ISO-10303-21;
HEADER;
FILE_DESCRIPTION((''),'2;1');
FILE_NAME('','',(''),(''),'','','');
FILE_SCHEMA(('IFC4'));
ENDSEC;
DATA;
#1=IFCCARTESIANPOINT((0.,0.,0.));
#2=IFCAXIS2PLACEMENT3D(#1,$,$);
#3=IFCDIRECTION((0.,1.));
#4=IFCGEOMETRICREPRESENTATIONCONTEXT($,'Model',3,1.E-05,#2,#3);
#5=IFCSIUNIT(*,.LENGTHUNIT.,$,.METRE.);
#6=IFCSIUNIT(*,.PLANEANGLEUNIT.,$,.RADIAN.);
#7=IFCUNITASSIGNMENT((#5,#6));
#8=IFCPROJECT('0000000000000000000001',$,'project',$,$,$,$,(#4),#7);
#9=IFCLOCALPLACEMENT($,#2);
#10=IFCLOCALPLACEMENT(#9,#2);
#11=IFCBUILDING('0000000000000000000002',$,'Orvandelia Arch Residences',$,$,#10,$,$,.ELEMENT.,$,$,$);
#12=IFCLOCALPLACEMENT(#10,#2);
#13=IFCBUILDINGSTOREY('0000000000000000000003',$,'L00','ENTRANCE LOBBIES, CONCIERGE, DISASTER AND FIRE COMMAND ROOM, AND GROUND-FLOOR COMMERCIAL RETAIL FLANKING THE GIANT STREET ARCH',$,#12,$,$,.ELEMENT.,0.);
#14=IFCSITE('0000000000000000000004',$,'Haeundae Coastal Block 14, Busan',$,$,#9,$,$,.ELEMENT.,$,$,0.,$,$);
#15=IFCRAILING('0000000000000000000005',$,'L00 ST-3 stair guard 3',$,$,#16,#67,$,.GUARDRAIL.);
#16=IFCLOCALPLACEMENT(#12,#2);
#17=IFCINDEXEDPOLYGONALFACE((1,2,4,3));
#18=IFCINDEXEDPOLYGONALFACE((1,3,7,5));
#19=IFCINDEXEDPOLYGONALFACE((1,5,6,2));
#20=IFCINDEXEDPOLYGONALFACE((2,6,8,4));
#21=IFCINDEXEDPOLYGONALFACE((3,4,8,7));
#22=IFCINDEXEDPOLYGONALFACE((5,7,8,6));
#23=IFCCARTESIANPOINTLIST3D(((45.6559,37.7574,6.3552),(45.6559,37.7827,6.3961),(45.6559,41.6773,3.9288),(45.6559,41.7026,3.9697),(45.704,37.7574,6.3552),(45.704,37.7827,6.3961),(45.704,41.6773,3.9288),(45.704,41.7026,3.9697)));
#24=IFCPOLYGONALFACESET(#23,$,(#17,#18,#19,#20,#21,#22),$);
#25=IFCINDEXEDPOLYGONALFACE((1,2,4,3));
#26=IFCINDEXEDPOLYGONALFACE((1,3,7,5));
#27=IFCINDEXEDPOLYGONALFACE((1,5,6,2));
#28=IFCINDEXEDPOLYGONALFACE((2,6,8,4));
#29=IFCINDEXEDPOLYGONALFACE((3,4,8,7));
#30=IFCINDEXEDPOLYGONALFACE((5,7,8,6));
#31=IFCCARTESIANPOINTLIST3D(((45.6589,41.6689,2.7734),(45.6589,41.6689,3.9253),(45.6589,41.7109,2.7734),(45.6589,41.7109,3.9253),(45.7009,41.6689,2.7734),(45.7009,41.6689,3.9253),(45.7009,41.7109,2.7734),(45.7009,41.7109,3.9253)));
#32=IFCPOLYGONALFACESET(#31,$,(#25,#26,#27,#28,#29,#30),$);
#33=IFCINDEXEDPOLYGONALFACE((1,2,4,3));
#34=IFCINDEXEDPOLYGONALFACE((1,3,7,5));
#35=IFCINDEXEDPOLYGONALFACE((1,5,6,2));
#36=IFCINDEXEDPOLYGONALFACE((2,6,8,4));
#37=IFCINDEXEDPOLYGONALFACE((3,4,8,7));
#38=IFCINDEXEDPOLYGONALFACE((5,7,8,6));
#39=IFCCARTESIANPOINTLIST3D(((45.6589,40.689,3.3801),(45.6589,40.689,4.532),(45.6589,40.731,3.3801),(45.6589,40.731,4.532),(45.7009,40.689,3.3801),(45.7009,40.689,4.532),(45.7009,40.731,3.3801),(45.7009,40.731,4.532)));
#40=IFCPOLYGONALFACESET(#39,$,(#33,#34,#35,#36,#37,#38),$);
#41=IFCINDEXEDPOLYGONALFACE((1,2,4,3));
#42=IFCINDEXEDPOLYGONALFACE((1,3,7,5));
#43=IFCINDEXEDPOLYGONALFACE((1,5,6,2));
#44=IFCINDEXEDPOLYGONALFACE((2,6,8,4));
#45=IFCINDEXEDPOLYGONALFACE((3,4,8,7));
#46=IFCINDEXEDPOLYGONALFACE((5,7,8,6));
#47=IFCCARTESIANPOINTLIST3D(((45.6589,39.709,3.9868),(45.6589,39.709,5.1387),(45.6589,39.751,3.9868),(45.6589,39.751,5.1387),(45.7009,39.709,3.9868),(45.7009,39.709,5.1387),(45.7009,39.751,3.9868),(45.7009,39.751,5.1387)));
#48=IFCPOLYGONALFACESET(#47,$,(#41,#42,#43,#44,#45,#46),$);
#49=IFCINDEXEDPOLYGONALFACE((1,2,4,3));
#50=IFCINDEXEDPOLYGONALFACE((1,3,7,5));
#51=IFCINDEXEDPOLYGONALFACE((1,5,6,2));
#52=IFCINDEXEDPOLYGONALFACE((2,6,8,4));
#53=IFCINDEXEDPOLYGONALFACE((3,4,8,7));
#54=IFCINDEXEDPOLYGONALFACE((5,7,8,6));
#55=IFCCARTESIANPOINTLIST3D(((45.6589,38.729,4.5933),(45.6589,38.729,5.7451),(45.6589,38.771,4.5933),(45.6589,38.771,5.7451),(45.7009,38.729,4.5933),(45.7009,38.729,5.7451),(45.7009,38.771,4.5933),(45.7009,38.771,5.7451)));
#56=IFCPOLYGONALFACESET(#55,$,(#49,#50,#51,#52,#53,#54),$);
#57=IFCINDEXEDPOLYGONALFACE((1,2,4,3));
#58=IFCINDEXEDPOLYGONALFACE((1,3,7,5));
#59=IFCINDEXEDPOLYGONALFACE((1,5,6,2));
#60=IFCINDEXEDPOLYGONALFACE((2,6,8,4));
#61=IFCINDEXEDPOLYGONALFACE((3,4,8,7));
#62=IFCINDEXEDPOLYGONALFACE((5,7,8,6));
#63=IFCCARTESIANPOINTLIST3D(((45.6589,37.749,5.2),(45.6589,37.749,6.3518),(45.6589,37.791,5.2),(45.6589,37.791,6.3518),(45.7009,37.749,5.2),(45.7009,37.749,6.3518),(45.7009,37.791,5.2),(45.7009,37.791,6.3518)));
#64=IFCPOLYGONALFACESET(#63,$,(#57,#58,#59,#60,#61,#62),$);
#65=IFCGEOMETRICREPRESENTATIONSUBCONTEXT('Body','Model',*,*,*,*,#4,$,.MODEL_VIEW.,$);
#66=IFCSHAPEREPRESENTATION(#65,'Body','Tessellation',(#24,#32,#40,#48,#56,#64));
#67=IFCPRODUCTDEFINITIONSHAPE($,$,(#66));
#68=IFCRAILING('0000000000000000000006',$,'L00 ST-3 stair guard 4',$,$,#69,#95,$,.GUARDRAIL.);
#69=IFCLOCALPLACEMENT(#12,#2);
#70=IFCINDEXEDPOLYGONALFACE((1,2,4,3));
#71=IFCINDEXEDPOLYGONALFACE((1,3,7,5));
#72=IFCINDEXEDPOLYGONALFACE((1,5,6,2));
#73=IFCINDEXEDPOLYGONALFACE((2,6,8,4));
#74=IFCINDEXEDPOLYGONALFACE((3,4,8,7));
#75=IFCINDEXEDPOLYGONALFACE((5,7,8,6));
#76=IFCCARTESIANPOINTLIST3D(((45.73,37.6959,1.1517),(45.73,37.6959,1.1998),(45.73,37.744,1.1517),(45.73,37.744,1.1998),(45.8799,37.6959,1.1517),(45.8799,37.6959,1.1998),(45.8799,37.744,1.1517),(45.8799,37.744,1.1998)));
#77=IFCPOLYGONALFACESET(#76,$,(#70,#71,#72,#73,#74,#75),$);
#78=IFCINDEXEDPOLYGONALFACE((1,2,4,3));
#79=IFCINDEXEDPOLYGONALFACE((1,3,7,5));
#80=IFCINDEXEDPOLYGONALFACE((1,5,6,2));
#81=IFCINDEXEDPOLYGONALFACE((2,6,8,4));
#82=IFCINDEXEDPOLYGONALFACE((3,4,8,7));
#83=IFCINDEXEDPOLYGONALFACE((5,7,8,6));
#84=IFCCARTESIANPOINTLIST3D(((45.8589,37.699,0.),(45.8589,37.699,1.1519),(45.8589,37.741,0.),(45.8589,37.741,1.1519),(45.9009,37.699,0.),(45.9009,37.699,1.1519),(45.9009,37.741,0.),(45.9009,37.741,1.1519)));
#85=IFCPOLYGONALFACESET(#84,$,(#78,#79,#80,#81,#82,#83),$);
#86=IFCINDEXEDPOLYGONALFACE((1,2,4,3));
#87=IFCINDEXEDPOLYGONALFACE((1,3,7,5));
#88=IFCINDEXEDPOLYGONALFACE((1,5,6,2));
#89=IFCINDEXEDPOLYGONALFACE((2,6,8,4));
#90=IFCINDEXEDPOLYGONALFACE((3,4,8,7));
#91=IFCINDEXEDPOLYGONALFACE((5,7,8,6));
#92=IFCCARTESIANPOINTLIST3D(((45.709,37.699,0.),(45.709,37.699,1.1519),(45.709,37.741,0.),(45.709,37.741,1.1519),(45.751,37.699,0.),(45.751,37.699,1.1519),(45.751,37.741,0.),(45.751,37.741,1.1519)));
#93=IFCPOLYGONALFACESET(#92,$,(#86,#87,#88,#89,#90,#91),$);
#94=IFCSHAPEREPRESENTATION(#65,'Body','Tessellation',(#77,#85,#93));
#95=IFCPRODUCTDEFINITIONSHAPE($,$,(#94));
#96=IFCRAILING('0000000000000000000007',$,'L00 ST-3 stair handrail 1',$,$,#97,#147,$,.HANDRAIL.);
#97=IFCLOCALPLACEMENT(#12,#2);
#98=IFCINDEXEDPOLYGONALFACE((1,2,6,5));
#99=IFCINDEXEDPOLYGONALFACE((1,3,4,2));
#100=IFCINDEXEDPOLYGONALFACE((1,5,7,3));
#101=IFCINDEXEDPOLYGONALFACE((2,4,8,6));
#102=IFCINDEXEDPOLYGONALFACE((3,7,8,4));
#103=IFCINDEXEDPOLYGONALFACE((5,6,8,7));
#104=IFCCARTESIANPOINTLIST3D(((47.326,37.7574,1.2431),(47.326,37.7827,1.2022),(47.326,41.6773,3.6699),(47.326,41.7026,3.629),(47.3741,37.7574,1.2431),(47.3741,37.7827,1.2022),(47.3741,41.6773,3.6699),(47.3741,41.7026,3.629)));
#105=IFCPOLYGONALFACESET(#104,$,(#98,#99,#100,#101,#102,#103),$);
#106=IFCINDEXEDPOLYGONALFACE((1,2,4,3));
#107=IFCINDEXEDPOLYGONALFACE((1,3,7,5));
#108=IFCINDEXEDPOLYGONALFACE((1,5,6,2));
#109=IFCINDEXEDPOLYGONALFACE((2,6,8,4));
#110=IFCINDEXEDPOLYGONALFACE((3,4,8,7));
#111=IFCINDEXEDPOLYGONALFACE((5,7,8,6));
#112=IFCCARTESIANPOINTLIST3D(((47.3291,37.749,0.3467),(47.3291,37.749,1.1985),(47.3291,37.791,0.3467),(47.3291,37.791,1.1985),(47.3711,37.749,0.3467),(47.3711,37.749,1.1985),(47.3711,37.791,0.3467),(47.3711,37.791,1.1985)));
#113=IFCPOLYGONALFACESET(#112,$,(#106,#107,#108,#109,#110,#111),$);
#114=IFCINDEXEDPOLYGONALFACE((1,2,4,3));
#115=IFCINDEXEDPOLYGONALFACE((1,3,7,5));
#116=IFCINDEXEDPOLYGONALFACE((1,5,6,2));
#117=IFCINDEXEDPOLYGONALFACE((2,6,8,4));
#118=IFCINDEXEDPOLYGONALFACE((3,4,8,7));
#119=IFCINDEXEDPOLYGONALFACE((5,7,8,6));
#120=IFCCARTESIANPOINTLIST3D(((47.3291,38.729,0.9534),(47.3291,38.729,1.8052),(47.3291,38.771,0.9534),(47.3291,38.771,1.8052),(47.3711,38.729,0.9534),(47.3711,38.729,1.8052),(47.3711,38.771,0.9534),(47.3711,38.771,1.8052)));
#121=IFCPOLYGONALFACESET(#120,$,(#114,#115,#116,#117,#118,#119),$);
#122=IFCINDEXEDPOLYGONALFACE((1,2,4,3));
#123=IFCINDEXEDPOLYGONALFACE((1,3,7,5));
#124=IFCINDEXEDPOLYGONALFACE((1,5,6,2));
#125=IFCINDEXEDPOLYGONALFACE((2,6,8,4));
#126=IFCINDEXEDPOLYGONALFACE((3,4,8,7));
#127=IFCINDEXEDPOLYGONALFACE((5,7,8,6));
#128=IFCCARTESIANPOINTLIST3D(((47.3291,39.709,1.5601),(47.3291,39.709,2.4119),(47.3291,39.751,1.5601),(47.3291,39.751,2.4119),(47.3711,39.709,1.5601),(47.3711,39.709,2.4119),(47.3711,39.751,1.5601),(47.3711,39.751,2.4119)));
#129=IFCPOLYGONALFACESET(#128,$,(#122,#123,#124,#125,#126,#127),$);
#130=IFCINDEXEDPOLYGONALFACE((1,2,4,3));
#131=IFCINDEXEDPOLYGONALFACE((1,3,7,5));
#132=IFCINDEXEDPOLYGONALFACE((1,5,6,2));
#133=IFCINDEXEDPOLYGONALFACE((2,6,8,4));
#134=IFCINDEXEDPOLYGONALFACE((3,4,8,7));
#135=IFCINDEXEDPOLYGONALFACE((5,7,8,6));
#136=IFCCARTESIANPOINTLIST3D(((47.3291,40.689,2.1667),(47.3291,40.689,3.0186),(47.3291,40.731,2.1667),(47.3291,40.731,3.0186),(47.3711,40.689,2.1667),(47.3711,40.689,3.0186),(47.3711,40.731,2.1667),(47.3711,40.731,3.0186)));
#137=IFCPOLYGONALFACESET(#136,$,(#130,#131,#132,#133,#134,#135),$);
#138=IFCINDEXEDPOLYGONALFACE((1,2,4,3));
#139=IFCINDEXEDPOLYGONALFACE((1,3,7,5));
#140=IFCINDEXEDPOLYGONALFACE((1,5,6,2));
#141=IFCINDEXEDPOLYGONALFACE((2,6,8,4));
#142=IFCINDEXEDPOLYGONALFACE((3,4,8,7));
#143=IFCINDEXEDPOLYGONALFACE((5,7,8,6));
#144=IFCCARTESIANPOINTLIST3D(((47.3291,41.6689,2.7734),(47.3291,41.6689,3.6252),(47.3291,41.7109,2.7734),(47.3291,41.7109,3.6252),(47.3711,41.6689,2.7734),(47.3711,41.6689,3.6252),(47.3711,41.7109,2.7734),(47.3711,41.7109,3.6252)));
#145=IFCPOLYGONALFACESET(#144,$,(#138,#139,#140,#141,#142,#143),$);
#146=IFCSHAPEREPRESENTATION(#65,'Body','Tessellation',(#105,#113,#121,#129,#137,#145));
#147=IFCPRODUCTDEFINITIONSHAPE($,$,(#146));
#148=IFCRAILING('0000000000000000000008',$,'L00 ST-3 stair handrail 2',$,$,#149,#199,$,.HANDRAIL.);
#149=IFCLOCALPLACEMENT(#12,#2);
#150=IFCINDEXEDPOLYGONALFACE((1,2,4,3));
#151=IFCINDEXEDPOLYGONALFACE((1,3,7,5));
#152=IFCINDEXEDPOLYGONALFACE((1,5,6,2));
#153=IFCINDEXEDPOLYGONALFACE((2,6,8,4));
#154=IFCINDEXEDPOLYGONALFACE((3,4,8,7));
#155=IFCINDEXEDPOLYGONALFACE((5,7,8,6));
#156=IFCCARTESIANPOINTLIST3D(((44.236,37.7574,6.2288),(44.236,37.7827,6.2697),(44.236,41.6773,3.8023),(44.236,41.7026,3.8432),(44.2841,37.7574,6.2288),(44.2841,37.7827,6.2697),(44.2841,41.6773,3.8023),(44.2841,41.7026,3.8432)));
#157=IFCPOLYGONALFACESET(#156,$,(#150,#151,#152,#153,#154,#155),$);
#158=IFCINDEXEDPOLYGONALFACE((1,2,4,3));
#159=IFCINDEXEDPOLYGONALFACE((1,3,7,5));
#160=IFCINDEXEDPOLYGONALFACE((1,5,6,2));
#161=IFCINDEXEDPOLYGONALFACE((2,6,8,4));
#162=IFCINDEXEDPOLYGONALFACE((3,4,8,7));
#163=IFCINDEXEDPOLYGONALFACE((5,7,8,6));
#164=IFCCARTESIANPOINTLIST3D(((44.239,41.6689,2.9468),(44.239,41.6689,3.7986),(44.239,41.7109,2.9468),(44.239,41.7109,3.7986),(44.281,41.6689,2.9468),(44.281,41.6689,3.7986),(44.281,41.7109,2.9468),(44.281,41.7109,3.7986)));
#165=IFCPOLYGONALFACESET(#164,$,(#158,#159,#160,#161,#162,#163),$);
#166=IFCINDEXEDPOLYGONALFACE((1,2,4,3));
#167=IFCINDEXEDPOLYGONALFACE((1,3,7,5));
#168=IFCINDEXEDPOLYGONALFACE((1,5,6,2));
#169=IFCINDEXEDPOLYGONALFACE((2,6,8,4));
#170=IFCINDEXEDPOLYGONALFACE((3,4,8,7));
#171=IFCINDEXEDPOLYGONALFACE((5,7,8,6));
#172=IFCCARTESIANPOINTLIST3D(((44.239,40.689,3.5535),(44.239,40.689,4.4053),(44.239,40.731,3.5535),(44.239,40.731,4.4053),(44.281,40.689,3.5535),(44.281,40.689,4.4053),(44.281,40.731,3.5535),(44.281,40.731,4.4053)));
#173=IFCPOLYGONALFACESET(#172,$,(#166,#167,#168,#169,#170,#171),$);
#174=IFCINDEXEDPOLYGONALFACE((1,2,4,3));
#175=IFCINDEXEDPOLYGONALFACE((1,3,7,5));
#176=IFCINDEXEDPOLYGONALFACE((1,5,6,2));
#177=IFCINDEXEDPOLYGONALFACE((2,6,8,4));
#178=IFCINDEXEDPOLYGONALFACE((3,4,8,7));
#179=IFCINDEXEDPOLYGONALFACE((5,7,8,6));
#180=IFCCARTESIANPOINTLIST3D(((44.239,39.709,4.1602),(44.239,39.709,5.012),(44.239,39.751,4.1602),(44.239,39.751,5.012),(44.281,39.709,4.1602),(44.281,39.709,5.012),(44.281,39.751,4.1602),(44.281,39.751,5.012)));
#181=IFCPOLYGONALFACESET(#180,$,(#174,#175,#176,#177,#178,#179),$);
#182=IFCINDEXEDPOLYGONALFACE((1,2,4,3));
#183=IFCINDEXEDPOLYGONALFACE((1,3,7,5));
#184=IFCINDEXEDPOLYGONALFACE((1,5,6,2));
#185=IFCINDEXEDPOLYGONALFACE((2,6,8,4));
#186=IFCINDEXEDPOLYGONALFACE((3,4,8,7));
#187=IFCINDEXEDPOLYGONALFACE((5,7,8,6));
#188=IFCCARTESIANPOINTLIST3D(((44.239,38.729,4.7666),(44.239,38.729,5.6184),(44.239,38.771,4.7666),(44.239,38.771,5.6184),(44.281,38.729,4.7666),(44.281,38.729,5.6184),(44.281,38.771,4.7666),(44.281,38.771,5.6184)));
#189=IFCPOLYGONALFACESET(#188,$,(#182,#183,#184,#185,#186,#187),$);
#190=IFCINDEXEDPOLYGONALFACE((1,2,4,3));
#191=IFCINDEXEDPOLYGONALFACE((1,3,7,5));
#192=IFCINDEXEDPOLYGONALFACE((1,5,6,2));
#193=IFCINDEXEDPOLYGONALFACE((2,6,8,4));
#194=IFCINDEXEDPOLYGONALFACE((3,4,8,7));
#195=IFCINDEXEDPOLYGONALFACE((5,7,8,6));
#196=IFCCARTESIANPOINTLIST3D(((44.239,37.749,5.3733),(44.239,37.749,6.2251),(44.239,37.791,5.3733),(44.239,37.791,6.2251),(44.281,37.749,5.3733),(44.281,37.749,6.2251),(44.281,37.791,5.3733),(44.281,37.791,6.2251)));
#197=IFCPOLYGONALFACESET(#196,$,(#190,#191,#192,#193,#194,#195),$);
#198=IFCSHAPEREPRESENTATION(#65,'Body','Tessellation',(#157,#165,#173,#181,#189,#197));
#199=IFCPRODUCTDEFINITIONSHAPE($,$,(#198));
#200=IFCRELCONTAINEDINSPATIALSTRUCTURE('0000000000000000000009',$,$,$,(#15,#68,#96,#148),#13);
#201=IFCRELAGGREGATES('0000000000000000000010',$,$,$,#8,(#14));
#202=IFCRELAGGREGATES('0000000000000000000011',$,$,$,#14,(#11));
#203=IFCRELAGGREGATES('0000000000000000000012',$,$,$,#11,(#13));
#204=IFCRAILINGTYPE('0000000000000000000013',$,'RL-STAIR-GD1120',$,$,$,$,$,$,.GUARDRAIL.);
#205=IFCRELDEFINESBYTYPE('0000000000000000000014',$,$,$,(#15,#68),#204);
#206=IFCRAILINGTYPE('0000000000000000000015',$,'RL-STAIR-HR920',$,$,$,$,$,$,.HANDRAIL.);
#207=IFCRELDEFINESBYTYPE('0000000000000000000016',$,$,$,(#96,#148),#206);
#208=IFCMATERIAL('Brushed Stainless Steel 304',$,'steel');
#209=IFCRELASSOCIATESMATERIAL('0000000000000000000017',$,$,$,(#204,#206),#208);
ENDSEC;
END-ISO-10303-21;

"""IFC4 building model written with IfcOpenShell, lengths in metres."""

from ifc_helpers import new_model, si_unit, direction, frame, origin, origin_2d, place, context, subcontext, project, spatial, rectangle, extrude, material, type_object, element, save


model = new_model("IFC4")

# Units and contexts
model_context = context("Model", 3, precision=1e-05, world=origin(), true_north=direction((0.0, 1.0)))
body_context = subcontext(model_context, "Body", "Model", "MODEL_VIEW")
ifc_project = project(units=[si_unit("LENGTHUNIT", "METRE"), si_unit("PLANEANGLEUNIT", "RADIAN")], contexts=[model_context])

# Site, building, storey
site_placement = place(None, origin())
site = spatial("IfcSite", under=ifc_project, at=site_placement, Name="Haeundae Coastal Block 14, Busan", CompositionType="ELEMENT", RefElevation=0.0)
building_placement = place(site_placement, origin())
building = spatial("IfcBuilding", under=site, at=building_placement, Name="Orvandelia Arch Residences", CompositionType="ELEMENT")
storey_placement = place(building_placement, origin())
storey = spatial("IfcBuildingStorey", under=building, at=storey_placement, Name="L00", Description="ENTRANCE LOBBIES, CONCIERGE, DISASTER AND FIRE COMMAND ROOM, AND GROUND-FLOOR COMMERCIAL RETAIL FLANKING THE GIANT STREET ARCH", CompositionType="ELEMENT", Elevation=0.0)

# Railings
ifc_material_1 = material(Name="Brushed Stainless Steel 304", Category="steel")
railing_type_1 = type_object("IfcRailingType", Name="RL-STAIR-GD1120", PredefinedType="GUARDRAIL", material=ifc_material_1)
railing_1_placement = place(storey_placement, frame((45.6799, 41.6899, 2.7734)))
element("IfcRailing", 1, at=railing_1_placement, inside=storey, type_object=railing_type_1, Name="L00 ST-3 stair guard 3", PredefinedType="GUARDRAIL", context=body_context, shape_type="SweptSolid", body=[
    extrude(rectangle(XDim=0.0481, YDim=0.0481, at=origin_2d()), frame((0.0, 0.0, 1.1758), z_axis=(0.0, -0.850275, 0.526338), x_axis=(1.0, 0.0, 0.0)), (0.0, 0.0, 1.0), 4.6101),
    extrude(rectangle(XDim=0.042, YDim=0.042, at=origin_2d()), origin(), (0.0, 0.0, 1.0), 1.1519),
    extrude(rectangle(XDim=0.042, YDim=0.042, at=origin_2d()), frame((0.0, -0.98, 0.6067)), (0.0, 0.0, 1.0), 1.1519),
    extrude(rectangle(XDim=0.042, YDim=0.042, at=origin_2d()), frame((0.0, -1.96, 1.2134)), (0.0, 0.0, 1.0), 1.1519),
    extrude(rectangle(XDim=0.042, YDim=0.042, at=origin_2d()), frame((0.0, -2.9399, 1.8198)), (0.0, 0.0, 1.0), 1.1519),
    extrude(rectangle(XDim=0.042, YDim=0.042, at=origin_2d()), frame((0.0, -3.9199, 2.4265)), (0.0, 0.0, 1.0), 1.1519),
])
railing_2_placement = place(storey_placement, frame((45.8799, 37.72, 0.0)))
element("IfcRailing", 2, at=railing_2_placement, inside=storey, type_object=railing_type_1, Name="L00 ST-3 stair guard 4", PredefinedType="GUARDRAIL", context=body_context, shape_type="SweptSolid", body=[
    extrude(rectangle(XDim=0.0481, YDim=0.0481, at=origin_2d()), frame((0.0, 0.0, 1.1758), z_axis=(-1.0, 0.0, 0.0), x_axis=(0.0, -1.0, 0.0)), (0.0, 0.0, 1.0), 0.1499),
    extrude(rectangle(XDim=0.042, YDim=0.042, at=origin_2d()), origin(), (0.0, 0.0, 1.0), 1.1519),
    extrude(rectangle(XDim=0.042, YDim=0.042, at=origin_2d()), frame((-0.1499, 0.0, 0.0)), (0.0, 0.0, 1.0), 1.1519),
])
railing_type_2 = type_object("IfcRailingType", Name="RL-STAIR-HR920", PredefinedType="HANDRAIL", material=ifc_material_1)
railing_3_placement = place(storey_placement, frame((47.3501, 37.77, 0.3467)))
element("IfcRailing", 3, at=railing_3_placement, inside=storey, type_object=railing_type_2, Name="L00 ST-3 stair handrail 1", PredefinedType="HANDRAIL", context=body_context, shape_type="SweptSolid", body=[
    extrude(rectangle(XDim=0.0481, YDim=0.0481, at=origin_2d()), frame((0.0, 0.0, 0.876), z_axis=(0.0, 0.850252, 0.526376), x_axis=(-1.0, 0.0, 0.0)), (0.0, 0.0, 1.0), 4.6104),
    extrude(rectangle(XDim=0.042, YDim=0.042, at=origin_2d()), origin(), (0.0, 0.0, 1.0), 0.8518),
    extrude(rectangle(XDim=0.042, YDim=0.042, at=origin_2d()), frame((0.0, 0.98, 0.6067)), (0.0, 0.0, 1.0), 0.8518),
    extrude(rectangle(XDim=0.042, YDim=0.042, at=origin_2d()), frame((0.0, 1.96, 1.2134)), (0.0, 0.0, 1.0), 0.8518),
    extrude(rectangle(XDim=0.042, YDim=0.042, at=origin_2d()), frame((0.0, 2.9399, 1.8201)), (0.0, 0.0, 1.0), 0.8518),
    extrude(rectangle(XDim=0.042, YDim=0.042, at=origin_2d()), frame((0.0, 3.9199, 2.4268)), (0.0, 0.0, 1.0), 0.8518),
])
railing_4_placement = place(storey_placement, frame((44.26, 41.6899, 2.9468)))
element("IfcRailing", 4, at=railing_4_placement, inside=storey, type_object=railing_type_2, Name="L00 ST-3 stair handrail 2", PredefinedType="HANDRAIL", context=body_context, shape_type="SweptSolid", body=[
    extrude(rectangle(XDim=0.0481, YDim=0.0481, at=origin_2d()), frame((0.0, 0.0, 0.876), z_axis=(0.0, -0.850275, 0.526338), x_axis=(1.0, 0.0, 0.0)), (0.0, 0.0, 1.0), 4.6101),
    extrude(rectangle(XDim=0.042, YDim=0.042, at=origin_2d()), origin(), (0.0, 0.0, 1.0), 0.8518),
    extrude(rectangle(XDim=0.042, YDim=0.042, at=origin_2d()), frame((0.0, -0.98, 0.6067)), (0.0, 0.0, 1.0), 0.8518),
    extrude(rectangle(XDim=0.042, YDim=0.042, at=origin_2d()), frame((0.0, -1.96, 1.2134)), (0.0, 0.0, 1.0), 0.8518),
    extrude(rectangle(XDim=0.042, YDim=0.042, at=origin_2d()), frame((0.0, -2.9399, 1.8198)), (0.0, 0.0, 1.0), 0.8518),
    extrude(rectangle(XDim=0.042, YDim=0.042, at=origin_2d()), frame((0.0, -3.9199, 2.4265)), (0.0, 0.0, 1.0), 0.8518),
])

save(model, "model.ifc")
